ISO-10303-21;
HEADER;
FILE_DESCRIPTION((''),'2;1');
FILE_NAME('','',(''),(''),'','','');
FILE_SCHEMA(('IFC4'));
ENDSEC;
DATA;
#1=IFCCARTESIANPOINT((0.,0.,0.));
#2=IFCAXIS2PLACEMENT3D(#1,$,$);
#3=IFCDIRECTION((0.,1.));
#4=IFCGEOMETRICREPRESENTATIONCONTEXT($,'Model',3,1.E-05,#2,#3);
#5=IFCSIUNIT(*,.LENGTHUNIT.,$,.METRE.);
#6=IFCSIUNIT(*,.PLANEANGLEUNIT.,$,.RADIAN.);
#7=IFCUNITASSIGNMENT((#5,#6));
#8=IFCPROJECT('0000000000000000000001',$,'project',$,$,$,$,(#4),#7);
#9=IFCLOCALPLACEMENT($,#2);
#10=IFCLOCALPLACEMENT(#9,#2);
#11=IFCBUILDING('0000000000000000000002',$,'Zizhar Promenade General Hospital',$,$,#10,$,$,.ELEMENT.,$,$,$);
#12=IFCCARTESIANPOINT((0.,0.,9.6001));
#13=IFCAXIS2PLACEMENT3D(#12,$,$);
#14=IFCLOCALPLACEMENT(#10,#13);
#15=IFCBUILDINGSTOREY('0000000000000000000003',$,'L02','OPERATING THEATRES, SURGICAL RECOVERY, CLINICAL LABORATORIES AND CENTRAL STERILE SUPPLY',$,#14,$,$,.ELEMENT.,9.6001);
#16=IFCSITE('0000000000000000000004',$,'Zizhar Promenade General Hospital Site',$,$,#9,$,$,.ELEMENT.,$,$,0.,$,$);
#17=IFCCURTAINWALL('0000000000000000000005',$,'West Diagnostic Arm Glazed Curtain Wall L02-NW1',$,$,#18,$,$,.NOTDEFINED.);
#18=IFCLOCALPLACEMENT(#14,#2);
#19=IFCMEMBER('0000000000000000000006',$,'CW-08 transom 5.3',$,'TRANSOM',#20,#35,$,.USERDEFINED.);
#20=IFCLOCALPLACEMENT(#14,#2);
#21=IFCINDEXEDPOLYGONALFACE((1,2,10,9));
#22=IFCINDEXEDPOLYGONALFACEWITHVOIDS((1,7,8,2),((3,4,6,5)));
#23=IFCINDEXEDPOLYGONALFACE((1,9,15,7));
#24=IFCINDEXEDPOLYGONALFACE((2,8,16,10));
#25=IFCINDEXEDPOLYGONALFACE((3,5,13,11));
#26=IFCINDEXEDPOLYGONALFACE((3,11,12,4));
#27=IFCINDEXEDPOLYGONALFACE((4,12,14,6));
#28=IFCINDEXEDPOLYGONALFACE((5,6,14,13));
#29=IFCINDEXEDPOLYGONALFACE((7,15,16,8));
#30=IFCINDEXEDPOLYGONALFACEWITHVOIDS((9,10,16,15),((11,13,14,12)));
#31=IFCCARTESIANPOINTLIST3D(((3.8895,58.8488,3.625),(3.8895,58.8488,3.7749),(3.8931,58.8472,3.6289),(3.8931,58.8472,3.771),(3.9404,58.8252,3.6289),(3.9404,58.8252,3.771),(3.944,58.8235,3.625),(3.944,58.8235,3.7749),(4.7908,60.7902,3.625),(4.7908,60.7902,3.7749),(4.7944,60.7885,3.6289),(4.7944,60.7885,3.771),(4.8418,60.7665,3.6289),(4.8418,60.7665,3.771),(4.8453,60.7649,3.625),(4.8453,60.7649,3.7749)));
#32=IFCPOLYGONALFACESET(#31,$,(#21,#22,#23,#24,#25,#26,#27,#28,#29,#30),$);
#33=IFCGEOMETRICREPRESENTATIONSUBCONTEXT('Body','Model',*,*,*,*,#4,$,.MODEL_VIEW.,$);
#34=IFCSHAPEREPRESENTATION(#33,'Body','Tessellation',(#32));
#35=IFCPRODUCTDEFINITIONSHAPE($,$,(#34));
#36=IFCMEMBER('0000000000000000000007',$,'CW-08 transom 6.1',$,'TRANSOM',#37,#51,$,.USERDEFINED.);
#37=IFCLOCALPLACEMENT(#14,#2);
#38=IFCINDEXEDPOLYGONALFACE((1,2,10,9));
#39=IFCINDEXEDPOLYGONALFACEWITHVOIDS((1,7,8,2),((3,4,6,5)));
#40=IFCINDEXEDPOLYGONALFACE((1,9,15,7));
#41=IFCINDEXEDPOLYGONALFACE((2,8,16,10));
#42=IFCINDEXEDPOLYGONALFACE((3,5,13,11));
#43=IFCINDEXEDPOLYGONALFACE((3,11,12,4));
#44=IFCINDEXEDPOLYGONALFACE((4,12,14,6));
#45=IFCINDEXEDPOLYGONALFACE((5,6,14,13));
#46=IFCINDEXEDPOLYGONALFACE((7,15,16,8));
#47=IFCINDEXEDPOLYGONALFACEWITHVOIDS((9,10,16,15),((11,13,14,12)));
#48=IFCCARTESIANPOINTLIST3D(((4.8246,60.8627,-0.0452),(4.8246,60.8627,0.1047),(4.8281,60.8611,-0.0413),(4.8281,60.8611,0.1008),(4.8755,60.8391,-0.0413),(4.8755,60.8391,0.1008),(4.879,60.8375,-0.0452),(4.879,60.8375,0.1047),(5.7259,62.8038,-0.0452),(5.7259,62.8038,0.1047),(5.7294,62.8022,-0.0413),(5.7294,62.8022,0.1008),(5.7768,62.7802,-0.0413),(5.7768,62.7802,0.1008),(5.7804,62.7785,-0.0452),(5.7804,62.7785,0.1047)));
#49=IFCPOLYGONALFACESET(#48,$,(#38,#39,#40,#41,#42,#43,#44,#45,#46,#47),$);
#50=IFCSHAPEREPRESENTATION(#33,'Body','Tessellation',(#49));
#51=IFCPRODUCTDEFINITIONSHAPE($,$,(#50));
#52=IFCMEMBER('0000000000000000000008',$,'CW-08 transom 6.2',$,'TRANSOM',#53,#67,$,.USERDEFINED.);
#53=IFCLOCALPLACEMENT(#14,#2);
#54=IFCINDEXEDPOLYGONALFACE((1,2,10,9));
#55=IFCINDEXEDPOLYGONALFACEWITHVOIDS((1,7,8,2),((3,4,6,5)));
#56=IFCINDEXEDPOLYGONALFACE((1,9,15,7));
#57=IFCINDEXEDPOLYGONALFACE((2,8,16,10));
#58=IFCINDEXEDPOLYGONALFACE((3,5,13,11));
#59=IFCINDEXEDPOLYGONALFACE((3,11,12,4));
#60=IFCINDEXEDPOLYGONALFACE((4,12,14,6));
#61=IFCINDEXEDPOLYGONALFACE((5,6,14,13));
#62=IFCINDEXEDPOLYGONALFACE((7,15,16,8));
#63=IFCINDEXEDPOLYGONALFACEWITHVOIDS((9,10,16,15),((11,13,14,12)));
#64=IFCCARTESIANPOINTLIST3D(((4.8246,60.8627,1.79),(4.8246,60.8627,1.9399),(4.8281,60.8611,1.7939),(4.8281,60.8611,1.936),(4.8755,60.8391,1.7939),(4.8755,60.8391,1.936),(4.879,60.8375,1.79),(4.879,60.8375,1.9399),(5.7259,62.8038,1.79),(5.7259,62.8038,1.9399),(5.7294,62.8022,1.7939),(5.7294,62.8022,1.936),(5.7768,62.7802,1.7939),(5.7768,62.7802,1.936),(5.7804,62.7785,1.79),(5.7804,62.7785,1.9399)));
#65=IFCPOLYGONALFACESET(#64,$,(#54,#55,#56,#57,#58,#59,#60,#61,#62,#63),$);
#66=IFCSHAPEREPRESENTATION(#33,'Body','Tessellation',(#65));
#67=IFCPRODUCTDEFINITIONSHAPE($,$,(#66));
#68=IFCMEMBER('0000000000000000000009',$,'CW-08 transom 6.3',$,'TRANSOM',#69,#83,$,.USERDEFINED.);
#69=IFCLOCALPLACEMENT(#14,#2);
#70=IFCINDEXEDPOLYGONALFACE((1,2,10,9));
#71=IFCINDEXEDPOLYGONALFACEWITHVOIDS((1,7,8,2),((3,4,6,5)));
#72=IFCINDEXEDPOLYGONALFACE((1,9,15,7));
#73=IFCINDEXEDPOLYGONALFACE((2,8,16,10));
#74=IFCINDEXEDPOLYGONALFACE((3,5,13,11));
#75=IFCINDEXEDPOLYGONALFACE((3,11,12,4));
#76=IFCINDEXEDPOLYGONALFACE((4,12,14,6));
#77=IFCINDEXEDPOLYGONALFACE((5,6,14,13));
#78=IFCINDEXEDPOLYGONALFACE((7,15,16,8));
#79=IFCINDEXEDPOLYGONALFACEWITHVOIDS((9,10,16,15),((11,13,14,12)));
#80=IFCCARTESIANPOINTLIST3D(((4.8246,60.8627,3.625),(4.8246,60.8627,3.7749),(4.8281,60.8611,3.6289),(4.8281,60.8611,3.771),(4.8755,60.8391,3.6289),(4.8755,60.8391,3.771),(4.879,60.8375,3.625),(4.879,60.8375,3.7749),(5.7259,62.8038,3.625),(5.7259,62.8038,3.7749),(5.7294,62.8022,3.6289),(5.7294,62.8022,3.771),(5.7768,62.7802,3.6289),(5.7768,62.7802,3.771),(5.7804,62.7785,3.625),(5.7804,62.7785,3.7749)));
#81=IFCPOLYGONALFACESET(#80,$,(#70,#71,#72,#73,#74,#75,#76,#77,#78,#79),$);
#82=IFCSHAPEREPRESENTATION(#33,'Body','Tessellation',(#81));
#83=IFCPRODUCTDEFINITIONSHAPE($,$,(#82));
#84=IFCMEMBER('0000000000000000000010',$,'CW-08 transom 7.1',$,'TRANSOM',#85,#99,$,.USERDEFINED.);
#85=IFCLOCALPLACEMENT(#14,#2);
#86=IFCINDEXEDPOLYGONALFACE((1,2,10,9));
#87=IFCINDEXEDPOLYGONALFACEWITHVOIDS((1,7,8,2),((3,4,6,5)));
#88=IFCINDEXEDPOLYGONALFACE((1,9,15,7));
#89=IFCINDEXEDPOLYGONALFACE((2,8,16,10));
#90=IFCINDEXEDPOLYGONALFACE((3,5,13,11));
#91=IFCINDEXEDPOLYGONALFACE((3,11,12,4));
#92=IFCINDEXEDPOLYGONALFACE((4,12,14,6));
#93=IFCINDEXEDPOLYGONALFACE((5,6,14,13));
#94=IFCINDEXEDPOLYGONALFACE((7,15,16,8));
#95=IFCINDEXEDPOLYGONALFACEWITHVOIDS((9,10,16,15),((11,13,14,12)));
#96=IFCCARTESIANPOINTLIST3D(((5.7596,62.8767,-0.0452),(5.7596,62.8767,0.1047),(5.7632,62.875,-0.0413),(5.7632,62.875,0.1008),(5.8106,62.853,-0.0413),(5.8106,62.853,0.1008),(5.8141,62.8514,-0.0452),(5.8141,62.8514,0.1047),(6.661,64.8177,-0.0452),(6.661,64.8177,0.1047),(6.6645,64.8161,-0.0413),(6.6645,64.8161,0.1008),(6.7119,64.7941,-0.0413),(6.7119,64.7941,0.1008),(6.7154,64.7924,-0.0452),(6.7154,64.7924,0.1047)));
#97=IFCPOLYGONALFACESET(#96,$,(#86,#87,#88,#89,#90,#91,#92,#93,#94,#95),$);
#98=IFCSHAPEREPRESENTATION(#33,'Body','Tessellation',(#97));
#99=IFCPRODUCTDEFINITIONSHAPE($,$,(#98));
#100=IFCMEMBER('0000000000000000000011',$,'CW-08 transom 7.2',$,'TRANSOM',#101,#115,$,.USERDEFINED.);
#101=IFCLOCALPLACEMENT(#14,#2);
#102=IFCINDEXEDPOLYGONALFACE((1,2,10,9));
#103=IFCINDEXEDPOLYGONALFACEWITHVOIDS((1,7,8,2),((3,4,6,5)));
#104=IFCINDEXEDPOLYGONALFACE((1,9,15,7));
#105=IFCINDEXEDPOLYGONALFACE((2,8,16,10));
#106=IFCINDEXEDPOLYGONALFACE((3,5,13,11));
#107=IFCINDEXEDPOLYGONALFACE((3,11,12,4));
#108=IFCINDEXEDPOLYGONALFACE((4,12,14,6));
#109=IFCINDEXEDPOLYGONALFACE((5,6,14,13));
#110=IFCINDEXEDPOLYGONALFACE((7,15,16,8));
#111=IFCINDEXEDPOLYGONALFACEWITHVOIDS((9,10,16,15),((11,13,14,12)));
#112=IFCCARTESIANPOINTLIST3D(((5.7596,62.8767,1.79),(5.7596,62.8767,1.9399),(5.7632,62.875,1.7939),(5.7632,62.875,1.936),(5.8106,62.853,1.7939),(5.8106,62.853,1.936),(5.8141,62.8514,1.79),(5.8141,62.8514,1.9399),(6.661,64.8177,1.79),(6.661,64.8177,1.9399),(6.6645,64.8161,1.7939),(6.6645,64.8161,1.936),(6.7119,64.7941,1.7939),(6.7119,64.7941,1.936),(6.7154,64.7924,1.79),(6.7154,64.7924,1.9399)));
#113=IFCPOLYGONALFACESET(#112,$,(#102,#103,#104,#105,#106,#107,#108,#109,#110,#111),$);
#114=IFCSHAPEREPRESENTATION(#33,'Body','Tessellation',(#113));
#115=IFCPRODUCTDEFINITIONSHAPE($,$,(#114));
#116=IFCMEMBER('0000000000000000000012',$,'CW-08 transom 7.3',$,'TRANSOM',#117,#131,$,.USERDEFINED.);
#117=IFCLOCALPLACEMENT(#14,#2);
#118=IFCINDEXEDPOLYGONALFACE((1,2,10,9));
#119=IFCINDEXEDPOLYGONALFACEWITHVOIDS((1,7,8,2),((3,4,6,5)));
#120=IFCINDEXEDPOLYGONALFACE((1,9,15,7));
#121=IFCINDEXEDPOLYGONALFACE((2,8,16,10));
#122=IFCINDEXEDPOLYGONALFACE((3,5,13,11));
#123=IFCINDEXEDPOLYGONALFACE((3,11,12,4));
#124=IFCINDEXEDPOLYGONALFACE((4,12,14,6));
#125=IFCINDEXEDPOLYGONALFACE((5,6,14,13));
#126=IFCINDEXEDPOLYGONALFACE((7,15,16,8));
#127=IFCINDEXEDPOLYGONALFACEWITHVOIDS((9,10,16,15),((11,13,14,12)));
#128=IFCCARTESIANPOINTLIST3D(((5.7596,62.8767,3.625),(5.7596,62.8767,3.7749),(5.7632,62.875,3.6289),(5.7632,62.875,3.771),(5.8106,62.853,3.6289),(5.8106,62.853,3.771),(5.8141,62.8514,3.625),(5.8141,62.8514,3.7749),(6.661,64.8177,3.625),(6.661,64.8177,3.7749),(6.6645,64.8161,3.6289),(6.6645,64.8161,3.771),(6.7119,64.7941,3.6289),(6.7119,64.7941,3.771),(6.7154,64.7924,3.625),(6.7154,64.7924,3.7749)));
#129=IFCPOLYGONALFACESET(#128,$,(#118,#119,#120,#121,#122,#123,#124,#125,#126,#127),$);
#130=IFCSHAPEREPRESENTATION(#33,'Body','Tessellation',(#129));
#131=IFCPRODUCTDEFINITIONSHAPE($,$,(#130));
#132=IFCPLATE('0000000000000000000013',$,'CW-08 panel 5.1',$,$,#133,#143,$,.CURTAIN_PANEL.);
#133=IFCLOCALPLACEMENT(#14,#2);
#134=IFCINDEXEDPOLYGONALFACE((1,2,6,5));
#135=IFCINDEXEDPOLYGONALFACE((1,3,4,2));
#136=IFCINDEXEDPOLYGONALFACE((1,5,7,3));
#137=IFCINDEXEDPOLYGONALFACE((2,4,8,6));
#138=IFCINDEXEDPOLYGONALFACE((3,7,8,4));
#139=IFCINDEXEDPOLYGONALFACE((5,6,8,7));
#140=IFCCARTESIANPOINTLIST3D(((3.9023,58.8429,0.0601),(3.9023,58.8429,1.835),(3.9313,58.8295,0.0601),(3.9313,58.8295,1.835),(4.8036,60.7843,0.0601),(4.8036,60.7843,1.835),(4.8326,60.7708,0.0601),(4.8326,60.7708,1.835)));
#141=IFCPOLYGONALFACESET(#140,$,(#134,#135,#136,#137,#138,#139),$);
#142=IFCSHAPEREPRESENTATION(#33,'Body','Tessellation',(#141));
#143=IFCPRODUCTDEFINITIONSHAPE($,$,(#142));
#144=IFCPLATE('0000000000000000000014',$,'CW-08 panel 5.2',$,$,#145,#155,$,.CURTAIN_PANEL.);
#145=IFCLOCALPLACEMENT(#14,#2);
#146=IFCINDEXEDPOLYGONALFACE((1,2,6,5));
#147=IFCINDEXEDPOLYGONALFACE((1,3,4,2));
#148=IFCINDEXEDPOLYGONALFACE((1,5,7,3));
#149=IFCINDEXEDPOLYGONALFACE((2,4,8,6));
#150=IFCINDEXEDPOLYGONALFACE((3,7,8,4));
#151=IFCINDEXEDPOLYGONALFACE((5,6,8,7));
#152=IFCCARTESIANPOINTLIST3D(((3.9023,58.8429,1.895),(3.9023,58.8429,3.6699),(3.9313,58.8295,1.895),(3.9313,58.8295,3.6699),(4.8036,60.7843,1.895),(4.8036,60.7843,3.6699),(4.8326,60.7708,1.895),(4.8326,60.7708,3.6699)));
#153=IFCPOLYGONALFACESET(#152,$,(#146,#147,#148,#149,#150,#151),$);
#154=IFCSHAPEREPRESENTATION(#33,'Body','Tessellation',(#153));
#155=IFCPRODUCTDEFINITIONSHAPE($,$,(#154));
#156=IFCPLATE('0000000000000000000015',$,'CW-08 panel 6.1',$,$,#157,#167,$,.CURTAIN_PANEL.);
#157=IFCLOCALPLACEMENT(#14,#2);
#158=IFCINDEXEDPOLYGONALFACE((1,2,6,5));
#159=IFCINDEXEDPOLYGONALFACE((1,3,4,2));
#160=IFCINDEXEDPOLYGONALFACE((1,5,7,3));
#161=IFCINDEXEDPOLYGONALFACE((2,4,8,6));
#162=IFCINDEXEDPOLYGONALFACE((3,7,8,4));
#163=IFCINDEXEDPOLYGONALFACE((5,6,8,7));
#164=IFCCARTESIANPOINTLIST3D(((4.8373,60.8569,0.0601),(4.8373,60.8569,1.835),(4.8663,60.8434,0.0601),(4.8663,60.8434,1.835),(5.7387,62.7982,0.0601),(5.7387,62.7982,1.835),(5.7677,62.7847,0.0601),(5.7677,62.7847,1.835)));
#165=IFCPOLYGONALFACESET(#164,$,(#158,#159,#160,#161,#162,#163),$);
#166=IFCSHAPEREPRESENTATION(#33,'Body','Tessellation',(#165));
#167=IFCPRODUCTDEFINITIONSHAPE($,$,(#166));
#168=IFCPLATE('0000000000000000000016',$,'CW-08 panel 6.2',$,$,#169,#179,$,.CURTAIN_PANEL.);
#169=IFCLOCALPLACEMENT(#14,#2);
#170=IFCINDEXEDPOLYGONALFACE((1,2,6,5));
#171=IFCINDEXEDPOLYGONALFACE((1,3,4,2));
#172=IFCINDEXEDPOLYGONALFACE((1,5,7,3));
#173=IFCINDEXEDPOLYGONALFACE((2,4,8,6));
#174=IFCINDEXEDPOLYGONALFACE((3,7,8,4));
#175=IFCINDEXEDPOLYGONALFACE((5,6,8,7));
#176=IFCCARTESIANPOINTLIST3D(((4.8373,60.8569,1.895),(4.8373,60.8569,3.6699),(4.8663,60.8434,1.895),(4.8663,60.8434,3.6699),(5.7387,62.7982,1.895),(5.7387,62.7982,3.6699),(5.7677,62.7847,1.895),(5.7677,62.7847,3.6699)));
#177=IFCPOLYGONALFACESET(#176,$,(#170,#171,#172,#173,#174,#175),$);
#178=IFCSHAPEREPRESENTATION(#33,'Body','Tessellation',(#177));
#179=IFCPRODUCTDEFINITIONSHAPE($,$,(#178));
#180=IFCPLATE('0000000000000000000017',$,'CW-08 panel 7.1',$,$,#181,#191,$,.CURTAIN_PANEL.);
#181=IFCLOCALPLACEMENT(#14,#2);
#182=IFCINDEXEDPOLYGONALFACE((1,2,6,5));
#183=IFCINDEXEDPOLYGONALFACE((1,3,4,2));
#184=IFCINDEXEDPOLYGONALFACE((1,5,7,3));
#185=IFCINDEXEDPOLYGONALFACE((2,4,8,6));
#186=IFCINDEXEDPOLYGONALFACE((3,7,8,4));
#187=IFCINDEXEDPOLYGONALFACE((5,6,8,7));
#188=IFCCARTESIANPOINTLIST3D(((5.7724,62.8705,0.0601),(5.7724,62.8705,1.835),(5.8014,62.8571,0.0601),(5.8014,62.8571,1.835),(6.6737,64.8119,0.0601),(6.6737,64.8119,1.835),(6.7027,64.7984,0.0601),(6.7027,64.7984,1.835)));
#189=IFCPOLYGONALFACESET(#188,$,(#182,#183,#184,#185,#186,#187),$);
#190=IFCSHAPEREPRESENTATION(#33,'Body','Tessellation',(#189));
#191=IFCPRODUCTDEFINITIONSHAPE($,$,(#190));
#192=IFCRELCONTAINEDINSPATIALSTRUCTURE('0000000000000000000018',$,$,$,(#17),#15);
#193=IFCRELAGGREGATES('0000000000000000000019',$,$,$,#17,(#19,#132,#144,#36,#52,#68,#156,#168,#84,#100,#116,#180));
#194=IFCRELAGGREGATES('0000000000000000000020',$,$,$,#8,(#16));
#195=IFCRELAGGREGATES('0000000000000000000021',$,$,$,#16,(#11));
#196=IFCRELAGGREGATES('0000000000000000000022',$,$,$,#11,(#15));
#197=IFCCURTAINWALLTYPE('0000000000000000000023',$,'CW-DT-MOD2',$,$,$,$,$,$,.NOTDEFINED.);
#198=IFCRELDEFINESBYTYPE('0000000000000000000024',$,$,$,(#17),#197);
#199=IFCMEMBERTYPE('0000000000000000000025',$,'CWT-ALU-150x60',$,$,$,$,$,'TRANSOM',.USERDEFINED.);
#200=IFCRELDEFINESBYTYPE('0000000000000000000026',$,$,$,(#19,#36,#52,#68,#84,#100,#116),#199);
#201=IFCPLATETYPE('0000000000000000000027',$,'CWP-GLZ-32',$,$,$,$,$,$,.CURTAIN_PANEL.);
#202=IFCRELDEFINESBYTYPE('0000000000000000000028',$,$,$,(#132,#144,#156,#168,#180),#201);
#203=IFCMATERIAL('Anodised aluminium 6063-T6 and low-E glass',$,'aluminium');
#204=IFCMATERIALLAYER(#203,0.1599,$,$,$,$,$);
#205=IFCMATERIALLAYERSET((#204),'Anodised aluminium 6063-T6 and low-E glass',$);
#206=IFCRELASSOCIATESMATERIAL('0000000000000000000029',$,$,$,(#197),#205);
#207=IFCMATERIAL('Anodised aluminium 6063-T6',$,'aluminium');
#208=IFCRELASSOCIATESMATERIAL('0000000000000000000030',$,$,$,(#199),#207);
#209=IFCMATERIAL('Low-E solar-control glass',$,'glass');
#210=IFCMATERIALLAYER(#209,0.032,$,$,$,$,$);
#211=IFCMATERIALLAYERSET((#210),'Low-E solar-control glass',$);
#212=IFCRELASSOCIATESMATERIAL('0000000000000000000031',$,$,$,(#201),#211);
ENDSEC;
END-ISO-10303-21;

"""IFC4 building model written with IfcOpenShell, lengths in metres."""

from ifc_helpers import new_model, si_unit, direction, frame, origin, origin_2d, place, context, subcontext, project, spatial, rectangle, hollow_rectangle, extrude, material, layer, layer_set, material_profile, profile_set, type_object, element, aggregate, save


model = new_model("IFC4")

# Units and contexts
model_context = context("Model", 3, precision=1e-05, world=origin(), true_north=direction((0.0, 1.0)))
body_context = subcontext(model_context, "Body", "Model", "MODEL_VIEW")
ifc_project = project(units=[si_unit("LENGTHUNIT", "METRE"), si_unit("PLANEANGLEUNIT", "RADIAN")], contexts=[model_context])

# Site, building, storey
site_placement = place(None, origin())
site = spatial("IfcSite", under=ifc_project, at=site_placement, Name="Zizhar Promenade General Hospital Site", CompositionType="ELEMENT", RefElevation=0.0)
building_placement = place(site_placement, origin())
building = spatial("IfcBuilding", under=site, at=building_placement, Name="Zizhar Promenade General Hospital", CompositionType="ELEMENT")
storey_placement = place(building_placement, frame((0.0, 0.0, 9.6001)))
storey = spatial("IfcBuildingStorey", under=building, at=storey_placement, Name="L02", Description="OPERATING THEATRES, SURGICAL RECOVERY, CLINICAL LABORATORIES AND CENTRAL STERILE SUPPLY", CompositionType="ELEMENT", Elevation=9.6001)

# Curtain wall, members, plates
ifc_material_1 = material(Name="Anodised aluminium 6063-T6 and low-E glass", Category="aluminium")
ifc_layer_1 = layer(ifc_material_1, 0.1599)
ifc_layer_set_1 = layer_set([ifc_layer_1], Name="Anodised aluminium 6063-T6 and low-E glass")
curtain_wall_type = type_object("IfcCurtainWallType", Name="CW-DT-MOD2", PredefinedType="NOTDEFINED", material=ifc_layer_set_1)
curtain_wall_placement = place(storey_placement, origin())
curtain_wall = element("IfcCurtainWall", 1, at=curtain_wall_placement, inside=storey, type_object=curtain_wall_type, Name="West Diagnostic Arm Glazed Curtain Wall L02-NW1", PredefinedType="NOTDEFINED")
ifc_material_2 = material(Name="Anodised aluminium 6063-T6", Category="aluminium")
ifc_material_profile_1 = material_profile(ifc_material_2, hollow_rectangle(XDim=0.0601, YDim=0.1499, WallThickness=0.0039, at=origin_2d()))
ifc_profile_set_1 = profile_set([ifc_material_profile_1], Name="Anodised aluminium 6063-T6")
member_type_1 = type_object("IfcMemberType", Name="CWT-ALU-150x60", ElementType="TRANSOM", PredefinedType="USERDEFINED", material=ifc_profile_set_1)
member_1_placement = place(storey_placement, frame((3.9167, 58.8362, 3.7), z_axis=(0.421111, 0.907009, 0.0), x_axis=(-0.907009, 0.421111, 0.0)))
member_1 = element("IfcMember", 2, at=member_1_placement, type_object=member_type_1, Name="CW-08 transom 5.3", ObjectType="TRANSOM", PredefinedType="USERDEFINED", context=body_context, shape_type="SweptSolid", body=[
    extrude(hollow_rectangle(XDim=0.0601, YDim=0.1499, WallThickness=0.0039, at=origin_2d()), origin(), (0.0, 0.0, 1.0), 2.1404),
])
member_2_placement = place(storey_placement, frame((4.8518, 60.8501, 0.0298), z_axis=(0.421155, 0.906989, 0.0), x_axis=(-0.906989, 0.421155, 0.0)))
member_2 = element("IfcMember", 3, at=member_2_placement, type_object=member_type_1, Name="CW-08 transom 6.1", ObjectType="TRANSOM", PredefinedType="USERDEFINED", context=body_context, shape_type="SweptSolid", body=[
    extrude(hollow_rectangle(XDim=0.0601, YDim=0.1499, WallThickness=0.0039, at=origin_2d()), origin(), (0.0, 0.0, 1.0), 2.1401),
])
member_3_placement = place(storey_placement, frame((4.8518, 60.8501, 1.865), z_axis=(0.421155, 0.906989, 0.0), x_axis=(-0.906989, 0.421155, 0.0)))
member_3 = element("IfcMember", 4, at=member_3_placement, type_object=member_type_1, Name="CW-08 transom 6.2", ObjectType="TRANSOM", PredefinedType="USERDEFINED", context=body_context, shape_type="SweptSolid", body=[
    extrude(hollow_rectangle(XDim=0.0601, YDim=0.1499, WallThickness=0.0039, at=origin_2d()), origin(), (0.0, 0.0, 1.0), 2.1401),
])
member_4_placement = place(storey_placement, frame((4.8518, 60.8501, 3.7), z_axis=(0.421155, 0.906989, 0.0), x_axis=(-0.906989, 0.421155, 0.0)))
member_4 = element("IfcMember", 5, at=member_4_placement, type_object=member_type_1, Name="CW-08 transom 6.3", ObjectType="TRANSOM", PredefinedType="USERDEFINED", context=body_context, shape_type="SweptSolid", body=[
    extrude(hollow_rectangle(XDim=0.0601, YDim=0.1499, WallThickness=0.0039, at=origin_2d()), origin(), (0.0, 0.0, 1.0), 2.1401),
])
member_5_placement = place(storey_placement, frame((5.7869, 62.864, 0.0298), z_axis=(0.421155, 0.906989, 0.0), x_axis=(-0.906989, 0.421155, 0.0)))
member_5 = element("IfcMember", 6, at=member_5_placement, type_object=member_type_1, Name="CW-08 transom 7.1", ObjectType="TRANSOM", PredefinedType="USERDEFINED", context=body_context, shape_type="SweptSolid", body=[
    extrude(hollow_rectangle(XDim=0.0601, YDim=0.1499, WallThickness=0.0039, at=origin_2d()), origin(), (0.0, 0.0, 1.0), 2.1401),
])
member_6_placement = place(storey_placement, frame((5.7869, 62.864, 1.865), z_axis=(0.421155, 0.906989, 0.0), x_axis=(-0.906989, 0.421155, 0.0)))
member_6 = element("IfcMember", 7, at=member_6_placement, type_object=member_type_1, Name="CW-08 transom 7.2", ObjectType="TRANSOM", PredefinedType="USERDEFINED", context=body_context, shape_type="SweptSolid", body=[
    extrude(hollow_rectangle(XDim=0.0601, YDim=0.1499, WallThickness=0.0039, at=origin_2d()), origin(), (0.0, 0.0, 1.0), 2.1401),
])
member_7_placement = place(storey_placement, frame((5.7869, 62.864, 3.7), z_axis=(0.421155, 0.906989, 0.0), x_axis=(-0.906989, 0.421155, 0.0)))
member_7 = element("IfcMember", 8, at=member_7_placement, type_object=member_type_1, Name="CW-08 transom 7.3", ObjectType="TRANSOM", PredefinedType="USERDEFINED", context=body_context, shape_type="SweptSolid", body=[
    extrude(hollow_rectangle(XDim=0.0601, YDim=0.1499, WallThickness=0.0039, at=origin_2d()), origin(), (0.0, 0.0, 1.0), 2.1401),
])
ifc_material_3 = material(Name="Low-E solar-control glass", Category="glass")
ifc_layer_2 = layer(ifc_material_3, 0.032)
ifc_layer_set_2 = layer_set([ifc_layer_2], Name="Low-E solar-control glass")
plate_type = type_object("IfcPlateType", Name="CWP-GLZ-32", PredefinedType="CURTAIN_PANEL", material=ifc_layer_set_2)
plate_1_placement = place(storey_placement, frame((4.3674, 59.8069, 0.0601), z_axis=(0.0, 0.0, 1.0), x_axis=(0.421115, 0.907007, 0.0)))
plate_1 = element("IfcPlate", 9, at=plate_1_placement, type_object=plate_type, Name="CW-08 panel 5.1", PredefinedType="CURTAIN_PANEL", context=body_context, shape_type="SweptSolid", body=[
    extrude(rectangle(XDim=2.1404, YDim=0.032, at=origin_2d()), origin(), (0.0, 0.0, 1.0), 1.7749),
])
plate_2_placement = place(storey_placement, frame((4.3674, 59.8069, 1.895), z_axis=(0.0, 0.0, 1.0), x_axis=(0.421115, 0.907007, 0.0)))
plate_2 = element("IfcPlate", 10, at=plate_2_placement, type_object=plate_type, Name="CW-08 panel 5.2", PredefinedType="CURTAIN_PANEL", context=body_context, shape_type="SweptSolid", body=[
    extrude(rectangle(XDim=2.1404, YDim=0.032, at=origin_2d()), origin(), (0.0, 0.0, 1.0), 1.7749),
])
plate_3_placement = place(storey_placement, frame((5.3025, 61.8208, 0.0601), z_axis=(0.0, 0.0, 1.0), x_axis=(0.421115, 0.907007, 0.0)))
plate_3 = element("IfcPlate", 11, at=plate_3_placement, type_object=plate_type, Name="CW-08 panel 6.1", PredefinedType="CURTAIN_PANEL", context=body_context, shape_type="SweptSolid", body=[
    extrude(rectangle(XDim=2.1404, YDim=0.032, at=origin_2d()), origin(), (0.0, 0.0, 1.0), 1.7749),
])
plate_4_placement = place(storey_placement, frame((5.3025, 61.8208, 1.895), z_axis=(0.0, 0.0, 1.0), x_axis=(0.421115, 0.907007, 0.0)))
plate_4 = element("IfcPlate", 12, at=plate_4_placement, type_object=plate_type, Name="CW-08 panel 6.2", PredefinedType="CURTAIN_PANEL", context=body_context, shape_type="SweptSolid", body=[
    extrude(rectangle(XDim=2.1404, YDim=0.032, at=origin_2d()), origin(), (0.0, 0.0, 1.0), 1.7749),
])
plate_5_placement = place(storey_placement, frame((6.2375, 63.8345, 0.0601), z_axis=(0.0, 0.0, 1.0), x_axis=(0.421115, 0.907007, 0.0)))
plate_5 = element("IfcPlate", 13, at=plate_5_placement, type_object=plate_type, Name="CW-08 panel 7.1", PredefinedType="CURTAIN_PANEL", context=body_context, shape_type="SweptSolid", body=[
    extrude(rectangle(XDim=2.1404, YDim=0.032, at=origin_2d()), origin(), (0.0, 0.0, 1.0), 1.7749),
])
aggregate(curtain_wall, [member_1, plate_1, plate_2, member_2, member_3, member_4, plate_3, plate_4, member_5, member_6, member_7, plate_5])

save(model, "model.ifc")
